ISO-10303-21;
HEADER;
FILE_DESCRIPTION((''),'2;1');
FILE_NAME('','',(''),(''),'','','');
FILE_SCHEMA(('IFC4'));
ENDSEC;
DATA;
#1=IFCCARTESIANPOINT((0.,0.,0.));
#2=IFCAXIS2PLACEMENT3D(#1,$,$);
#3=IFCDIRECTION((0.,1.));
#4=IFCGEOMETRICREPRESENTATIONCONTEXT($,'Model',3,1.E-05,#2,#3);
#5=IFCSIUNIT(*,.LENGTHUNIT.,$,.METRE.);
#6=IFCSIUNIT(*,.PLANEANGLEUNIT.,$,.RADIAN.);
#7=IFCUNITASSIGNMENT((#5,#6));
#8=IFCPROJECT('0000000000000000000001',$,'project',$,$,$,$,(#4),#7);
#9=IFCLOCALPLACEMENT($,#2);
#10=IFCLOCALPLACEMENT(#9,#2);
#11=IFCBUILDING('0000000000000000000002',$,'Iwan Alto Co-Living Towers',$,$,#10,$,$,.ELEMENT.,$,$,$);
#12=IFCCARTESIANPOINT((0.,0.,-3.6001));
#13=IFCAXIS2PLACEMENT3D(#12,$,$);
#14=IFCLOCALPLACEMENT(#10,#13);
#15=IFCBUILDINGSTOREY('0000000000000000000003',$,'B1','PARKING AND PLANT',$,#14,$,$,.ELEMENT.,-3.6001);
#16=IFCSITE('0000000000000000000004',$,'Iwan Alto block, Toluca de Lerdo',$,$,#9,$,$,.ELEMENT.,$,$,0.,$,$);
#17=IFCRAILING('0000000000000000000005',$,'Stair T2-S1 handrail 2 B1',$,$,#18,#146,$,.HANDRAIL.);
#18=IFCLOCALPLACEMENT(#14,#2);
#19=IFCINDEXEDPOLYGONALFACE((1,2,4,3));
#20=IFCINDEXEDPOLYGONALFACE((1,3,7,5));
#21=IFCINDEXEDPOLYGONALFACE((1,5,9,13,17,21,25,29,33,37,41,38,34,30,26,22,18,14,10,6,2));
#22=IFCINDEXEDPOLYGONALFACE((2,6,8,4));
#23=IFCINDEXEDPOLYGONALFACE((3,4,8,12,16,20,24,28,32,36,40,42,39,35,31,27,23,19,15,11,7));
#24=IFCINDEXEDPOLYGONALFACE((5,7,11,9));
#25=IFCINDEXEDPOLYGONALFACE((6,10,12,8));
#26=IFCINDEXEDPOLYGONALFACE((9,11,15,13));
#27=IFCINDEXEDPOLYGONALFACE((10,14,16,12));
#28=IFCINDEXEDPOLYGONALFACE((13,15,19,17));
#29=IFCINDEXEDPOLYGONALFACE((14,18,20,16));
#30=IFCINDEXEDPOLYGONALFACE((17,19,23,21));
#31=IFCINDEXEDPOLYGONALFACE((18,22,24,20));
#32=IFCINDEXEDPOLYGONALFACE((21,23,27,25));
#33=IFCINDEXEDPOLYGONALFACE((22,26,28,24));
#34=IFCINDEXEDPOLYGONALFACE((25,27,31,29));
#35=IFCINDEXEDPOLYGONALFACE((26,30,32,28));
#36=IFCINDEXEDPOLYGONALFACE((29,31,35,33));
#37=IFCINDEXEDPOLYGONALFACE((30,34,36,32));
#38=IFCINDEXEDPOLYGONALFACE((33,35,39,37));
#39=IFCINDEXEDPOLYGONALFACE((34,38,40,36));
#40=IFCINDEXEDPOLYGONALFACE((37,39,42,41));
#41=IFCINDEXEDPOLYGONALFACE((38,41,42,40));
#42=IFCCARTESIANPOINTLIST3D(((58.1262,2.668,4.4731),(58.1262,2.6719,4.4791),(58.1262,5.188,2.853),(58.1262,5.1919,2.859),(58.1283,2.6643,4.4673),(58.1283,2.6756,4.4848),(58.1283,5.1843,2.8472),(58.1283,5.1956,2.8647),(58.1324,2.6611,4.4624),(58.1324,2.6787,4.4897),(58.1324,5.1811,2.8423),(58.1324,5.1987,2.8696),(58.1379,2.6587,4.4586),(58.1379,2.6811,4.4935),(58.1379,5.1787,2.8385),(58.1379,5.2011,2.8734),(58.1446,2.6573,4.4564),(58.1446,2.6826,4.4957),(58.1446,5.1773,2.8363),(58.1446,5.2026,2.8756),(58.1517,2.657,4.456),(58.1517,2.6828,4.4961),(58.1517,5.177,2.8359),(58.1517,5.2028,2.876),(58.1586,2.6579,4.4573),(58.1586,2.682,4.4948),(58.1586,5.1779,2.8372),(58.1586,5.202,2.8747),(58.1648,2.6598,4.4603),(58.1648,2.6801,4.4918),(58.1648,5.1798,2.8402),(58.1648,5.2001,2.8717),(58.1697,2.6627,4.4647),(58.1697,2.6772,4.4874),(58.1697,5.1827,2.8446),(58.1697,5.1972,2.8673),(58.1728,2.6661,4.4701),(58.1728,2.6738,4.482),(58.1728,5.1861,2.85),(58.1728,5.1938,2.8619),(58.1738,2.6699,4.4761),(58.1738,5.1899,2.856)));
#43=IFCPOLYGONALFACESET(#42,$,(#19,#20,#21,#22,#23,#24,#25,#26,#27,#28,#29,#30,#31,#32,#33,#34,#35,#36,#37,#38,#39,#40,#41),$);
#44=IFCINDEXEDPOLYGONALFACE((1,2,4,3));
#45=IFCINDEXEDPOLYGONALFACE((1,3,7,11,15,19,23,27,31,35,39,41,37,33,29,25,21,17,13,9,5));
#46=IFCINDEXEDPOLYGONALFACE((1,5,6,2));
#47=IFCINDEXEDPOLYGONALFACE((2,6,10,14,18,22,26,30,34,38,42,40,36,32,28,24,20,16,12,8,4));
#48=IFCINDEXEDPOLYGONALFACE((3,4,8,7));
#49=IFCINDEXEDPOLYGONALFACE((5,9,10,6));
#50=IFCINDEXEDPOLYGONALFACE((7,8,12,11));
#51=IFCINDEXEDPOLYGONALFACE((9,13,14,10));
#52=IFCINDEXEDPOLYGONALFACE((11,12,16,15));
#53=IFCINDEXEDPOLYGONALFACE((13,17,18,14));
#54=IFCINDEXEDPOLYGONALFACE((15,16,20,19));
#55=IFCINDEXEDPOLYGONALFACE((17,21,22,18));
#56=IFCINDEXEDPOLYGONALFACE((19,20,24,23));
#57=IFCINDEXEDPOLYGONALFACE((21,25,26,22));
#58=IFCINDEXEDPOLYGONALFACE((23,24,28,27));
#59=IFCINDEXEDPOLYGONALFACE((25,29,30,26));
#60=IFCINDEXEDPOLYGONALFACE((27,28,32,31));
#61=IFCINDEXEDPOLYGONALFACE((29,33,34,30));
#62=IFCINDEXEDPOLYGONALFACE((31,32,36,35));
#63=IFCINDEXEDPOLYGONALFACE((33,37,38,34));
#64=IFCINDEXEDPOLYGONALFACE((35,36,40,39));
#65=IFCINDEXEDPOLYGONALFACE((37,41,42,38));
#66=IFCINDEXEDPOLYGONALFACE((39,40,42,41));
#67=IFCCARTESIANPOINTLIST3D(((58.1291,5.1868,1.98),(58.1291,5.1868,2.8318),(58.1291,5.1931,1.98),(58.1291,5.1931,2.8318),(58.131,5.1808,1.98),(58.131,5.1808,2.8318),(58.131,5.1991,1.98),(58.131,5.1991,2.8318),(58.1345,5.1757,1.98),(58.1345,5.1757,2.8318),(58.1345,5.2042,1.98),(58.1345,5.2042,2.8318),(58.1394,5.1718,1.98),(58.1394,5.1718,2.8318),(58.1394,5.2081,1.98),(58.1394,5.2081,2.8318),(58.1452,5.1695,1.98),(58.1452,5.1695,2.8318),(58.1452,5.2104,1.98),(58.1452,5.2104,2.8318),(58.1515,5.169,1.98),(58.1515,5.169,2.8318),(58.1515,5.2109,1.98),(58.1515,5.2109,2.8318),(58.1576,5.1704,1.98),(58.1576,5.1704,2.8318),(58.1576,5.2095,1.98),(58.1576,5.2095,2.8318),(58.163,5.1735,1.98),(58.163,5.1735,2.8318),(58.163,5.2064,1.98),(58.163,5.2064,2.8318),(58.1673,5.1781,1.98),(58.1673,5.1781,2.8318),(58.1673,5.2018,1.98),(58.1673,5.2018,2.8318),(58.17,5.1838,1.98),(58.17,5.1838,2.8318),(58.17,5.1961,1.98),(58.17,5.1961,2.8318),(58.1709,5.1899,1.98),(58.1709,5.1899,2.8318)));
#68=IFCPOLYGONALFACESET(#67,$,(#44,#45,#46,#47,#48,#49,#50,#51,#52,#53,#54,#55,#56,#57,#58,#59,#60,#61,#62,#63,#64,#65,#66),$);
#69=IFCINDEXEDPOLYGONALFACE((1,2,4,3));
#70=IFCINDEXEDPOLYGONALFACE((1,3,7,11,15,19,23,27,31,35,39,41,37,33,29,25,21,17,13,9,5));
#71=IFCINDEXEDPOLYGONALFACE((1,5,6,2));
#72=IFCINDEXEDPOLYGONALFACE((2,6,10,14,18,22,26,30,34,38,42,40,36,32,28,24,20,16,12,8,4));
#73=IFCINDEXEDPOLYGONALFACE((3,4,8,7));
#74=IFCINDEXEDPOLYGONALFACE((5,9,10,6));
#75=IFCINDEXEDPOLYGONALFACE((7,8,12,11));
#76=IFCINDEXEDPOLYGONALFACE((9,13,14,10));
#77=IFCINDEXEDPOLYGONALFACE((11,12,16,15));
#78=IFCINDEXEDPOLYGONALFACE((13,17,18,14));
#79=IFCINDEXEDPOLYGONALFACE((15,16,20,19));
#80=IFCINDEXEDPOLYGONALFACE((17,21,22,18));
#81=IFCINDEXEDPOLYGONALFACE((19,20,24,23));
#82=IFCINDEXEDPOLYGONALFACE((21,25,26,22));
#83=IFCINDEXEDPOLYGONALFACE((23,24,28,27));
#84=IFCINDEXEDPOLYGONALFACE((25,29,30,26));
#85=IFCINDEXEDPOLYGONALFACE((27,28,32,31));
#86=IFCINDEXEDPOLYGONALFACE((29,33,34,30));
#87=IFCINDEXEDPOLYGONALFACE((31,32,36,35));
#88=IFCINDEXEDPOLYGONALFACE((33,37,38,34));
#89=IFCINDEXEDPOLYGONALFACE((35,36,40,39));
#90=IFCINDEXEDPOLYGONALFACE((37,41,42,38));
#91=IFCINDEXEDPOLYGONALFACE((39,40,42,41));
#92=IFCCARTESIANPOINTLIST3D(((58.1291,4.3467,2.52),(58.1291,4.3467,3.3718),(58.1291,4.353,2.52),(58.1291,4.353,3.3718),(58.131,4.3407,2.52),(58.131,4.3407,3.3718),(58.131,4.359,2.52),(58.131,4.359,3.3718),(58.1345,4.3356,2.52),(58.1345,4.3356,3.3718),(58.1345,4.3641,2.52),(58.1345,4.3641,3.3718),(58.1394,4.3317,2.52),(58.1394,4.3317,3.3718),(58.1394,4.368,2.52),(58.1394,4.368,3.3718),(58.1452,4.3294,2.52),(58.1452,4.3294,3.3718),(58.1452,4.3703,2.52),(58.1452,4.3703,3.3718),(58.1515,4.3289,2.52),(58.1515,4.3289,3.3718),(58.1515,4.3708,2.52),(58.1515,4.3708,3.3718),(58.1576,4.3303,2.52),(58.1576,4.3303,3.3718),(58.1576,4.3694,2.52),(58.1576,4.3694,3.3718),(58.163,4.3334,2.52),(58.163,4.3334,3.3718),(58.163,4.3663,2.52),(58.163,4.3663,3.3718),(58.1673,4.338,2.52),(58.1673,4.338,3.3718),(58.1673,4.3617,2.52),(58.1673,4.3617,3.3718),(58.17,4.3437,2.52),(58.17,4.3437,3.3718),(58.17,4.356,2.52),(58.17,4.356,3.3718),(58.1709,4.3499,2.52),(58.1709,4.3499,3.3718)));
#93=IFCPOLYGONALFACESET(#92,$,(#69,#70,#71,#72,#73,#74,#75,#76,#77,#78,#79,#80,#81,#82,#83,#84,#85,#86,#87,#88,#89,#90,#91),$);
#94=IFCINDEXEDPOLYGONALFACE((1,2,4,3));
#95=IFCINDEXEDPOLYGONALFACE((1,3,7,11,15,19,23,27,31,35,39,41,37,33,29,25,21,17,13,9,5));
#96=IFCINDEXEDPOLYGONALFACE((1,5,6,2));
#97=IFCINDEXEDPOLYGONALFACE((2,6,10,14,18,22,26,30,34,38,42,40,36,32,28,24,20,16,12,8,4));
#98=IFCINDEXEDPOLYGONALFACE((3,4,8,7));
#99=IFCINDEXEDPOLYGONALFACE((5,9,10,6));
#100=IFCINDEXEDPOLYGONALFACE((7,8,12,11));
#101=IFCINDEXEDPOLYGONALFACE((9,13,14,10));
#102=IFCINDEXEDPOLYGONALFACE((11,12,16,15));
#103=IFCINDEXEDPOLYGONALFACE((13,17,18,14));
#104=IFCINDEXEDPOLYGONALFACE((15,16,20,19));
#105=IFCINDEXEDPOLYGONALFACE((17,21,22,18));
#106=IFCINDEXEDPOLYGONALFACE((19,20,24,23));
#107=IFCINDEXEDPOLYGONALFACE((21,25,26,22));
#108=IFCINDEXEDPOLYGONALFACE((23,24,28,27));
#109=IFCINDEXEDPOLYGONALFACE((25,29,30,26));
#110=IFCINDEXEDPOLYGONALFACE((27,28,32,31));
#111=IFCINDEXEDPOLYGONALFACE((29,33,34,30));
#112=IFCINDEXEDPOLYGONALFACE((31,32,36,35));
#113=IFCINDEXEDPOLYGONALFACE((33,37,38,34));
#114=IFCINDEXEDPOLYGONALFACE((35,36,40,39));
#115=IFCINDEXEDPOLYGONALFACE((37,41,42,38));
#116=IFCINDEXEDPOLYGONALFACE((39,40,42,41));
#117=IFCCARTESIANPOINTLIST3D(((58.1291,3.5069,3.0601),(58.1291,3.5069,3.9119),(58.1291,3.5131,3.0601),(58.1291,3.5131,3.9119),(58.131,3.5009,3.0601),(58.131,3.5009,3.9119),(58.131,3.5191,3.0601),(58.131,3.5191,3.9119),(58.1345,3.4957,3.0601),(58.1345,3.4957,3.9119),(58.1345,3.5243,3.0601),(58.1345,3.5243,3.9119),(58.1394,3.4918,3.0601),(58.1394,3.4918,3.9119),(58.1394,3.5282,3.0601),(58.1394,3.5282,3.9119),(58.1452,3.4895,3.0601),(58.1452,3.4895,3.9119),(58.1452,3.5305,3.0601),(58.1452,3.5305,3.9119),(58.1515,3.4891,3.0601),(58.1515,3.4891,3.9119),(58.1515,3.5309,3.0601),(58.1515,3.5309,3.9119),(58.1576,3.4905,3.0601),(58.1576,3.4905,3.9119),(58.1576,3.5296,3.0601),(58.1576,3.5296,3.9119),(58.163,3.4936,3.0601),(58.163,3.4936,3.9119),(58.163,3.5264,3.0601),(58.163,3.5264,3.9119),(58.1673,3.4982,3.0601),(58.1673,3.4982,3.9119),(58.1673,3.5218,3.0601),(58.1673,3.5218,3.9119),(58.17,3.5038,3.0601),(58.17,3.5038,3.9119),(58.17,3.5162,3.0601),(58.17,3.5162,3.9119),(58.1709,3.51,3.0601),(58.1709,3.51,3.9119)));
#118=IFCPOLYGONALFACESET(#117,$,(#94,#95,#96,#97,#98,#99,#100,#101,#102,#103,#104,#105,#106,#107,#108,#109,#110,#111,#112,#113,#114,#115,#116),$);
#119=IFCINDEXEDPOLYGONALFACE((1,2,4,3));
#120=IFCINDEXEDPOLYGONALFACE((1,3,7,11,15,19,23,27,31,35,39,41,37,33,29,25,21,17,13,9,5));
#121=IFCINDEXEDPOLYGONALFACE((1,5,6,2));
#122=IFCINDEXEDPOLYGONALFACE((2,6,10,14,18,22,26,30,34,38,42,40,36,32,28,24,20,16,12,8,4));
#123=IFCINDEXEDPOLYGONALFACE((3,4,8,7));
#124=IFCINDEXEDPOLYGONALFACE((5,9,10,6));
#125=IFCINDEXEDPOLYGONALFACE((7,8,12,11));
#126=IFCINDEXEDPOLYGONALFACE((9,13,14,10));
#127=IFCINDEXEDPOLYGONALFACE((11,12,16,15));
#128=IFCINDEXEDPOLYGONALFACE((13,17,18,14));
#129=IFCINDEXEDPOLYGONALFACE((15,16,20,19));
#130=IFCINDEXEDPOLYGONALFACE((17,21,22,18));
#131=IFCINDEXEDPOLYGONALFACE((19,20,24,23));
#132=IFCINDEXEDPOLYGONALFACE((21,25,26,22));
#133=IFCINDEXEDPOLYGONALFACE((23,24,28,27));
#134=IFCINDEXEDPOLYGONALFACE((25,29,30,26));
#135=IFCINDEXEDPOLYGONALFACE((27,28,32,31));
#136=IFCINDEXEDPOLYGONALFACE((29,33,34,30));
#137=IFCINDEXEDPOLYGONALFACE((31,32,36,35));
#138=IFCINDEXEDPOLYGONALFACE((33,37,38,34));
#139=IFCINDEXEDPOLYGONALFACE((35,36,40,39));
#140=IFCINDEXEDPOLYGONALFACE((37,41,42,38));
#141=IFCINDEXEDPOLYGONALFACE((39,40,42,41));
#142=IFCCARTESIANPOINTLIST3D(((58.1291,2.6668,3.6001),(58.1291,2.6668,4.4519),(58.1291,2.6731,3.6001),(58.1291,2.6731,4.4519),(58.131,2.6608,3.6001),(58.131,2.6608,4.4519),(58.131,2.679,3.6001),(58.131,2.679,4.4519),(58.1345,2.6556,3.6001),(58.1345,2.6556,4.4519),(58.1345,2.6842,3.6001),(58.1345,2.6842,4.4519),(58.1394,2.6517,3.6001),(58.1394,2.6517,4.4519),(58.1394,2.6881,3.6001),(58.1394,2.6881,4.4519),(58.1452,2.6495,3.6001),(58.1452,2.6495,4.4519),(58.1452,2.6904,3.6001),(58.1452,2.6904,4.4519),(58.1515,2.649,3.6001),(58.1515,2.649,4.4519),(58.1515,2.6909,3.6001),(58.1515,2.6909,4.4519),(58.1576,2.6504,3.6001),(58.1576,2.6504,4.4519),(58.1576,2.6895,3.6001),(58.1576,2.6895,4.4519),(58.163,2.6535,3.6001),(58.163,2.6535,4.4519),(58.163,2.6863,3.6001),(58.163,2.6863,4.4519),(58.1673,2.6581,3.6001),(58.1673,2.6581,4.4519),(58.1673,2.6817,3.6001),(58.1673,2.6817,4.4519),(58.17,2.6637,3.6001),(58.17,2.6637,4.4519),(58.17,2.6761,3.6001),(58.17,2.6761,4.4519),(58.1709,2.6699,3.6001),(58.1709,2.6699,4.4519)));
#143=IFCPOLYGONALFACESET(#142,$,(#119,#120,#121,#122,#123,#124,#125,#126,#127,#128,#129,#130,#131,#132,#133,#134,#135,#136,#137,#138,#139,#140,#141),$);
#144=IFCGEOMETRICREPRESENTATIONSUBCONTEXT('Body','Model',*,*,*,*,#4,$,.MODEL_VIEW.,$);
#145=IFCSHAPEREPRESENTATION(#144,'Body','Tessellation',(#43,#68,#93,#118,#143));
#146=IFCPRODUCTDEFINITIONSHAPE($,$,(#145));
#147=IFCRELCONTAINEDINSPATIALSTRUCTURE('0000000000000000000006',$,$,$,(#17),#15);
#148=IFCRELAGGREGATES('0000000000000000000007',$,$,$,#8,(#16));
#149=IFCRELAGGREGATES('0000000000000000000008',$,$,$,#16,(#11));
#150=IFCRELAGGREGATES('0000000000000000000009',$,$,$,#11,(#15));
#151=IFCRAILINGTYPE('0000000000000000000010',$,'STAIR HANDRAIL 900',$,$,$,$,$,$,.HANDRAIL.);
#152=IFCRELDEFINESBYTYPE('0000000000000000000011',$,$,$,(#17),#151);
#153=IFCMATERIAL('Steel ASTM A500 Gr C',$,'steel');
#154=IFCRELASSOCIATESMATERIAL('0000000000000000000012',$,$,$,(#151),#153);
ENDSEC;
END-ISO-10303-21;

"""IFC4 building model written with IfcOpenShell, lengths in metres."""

from ifc_helpers import new_model, si_unit, direction, frame, origin, origin_2d, place, context, subcontext, project, spatial, circle, extrude, material, type_object, element, save


model = new_model("IFC4")

# Units and contexts
model_context = context("Model", 3, precision=1e-05, world=origin(), true_north=direction((0.0, 1.0)))
body_context = subcontext(model_context, "Body", "Model", "MODEL_VIEW")
ifc_project = project(units=[si_unit("LENGTHUNIT", "METRE"), si_unit("PLANEANGLEUNIT", "RADIAN")], contexts=[model_context])

# Site, building, storey
site_placement = place(None, origin())
site = spatial("IfcSite", under=ifc_project, at=site_placement, Name="Iwan Alto block, Toluca de Lerdo", CompositionType="ELEMENT", RefElevation=0.0)
building_placement = place(site_placement, origin())
building = spatial("IfcBuilding", under=site, at=building_placement, Name="Iwan Alto Co-Living Towers", CompositionType="ELEMENT")
storey_placement = place(building_placement, frame((0.0, 0.0, -3.6001)))
storey = spatial("IfcBuildingStorey", under=building, at=storey_placement, Name="B1", Description="PARKING AND PLANT", CompositionType="ELEMENT", Elevation=-3.6001)

# Railing
ifc_material_1 = material(Name="Steel ASTM A500 Gr C", Category="steel")
railing_type_1 = type_object("IfcRailingType", Name="STAIR HANDRAIL 900", PredefinedType="HANDRAIL", material=ifc_material_1)
railing_1_placement = place(storey_placement, frame((58.1499, 5.1899, 1.98)))
element("IfcRailing", 1, at=railing_1_placement, inside=storey, type_object=railing_type_1, Name="Stair T2-S1 handrail 2 B1", PredefinedType="HANDRAIL", context=body_context, shape_type="SweptSolid", body=[
    extrude(circle(Radius=0.0239, at=origin_2d()), frame((0.0, 0.0, 0.876), z_axis=(0.0, -0.841163, 0.540782), x_axis=(1.0, 0.0, 0.0)), (0.0, 0.0, 1.0), 2.9958),
    extrude(circle(Radius=0.021, at=origin_2d()), origin(), (0.0, 0.0, 1.0), 0.8518),
    extrude(circle(Radius=0.021, at=origin_2d()), frame((0.0, -0.8401, 0.54)), (0.0, 0.0, 1.0), 0.8518),
    extrude(circle(Radius=0.021, at=origin_2d()), frame((0.0, -1.6799, 1.0801)), (0.0, 0.0, 1.0), 0.8518),
    extrude(circle(Radius=0.021, at=origin_2d()), frame((0.0, -2.52, 1.6201)), (0.0, 0.0, 1.0), 0.8518),
])

save(model, "model.ifc")
